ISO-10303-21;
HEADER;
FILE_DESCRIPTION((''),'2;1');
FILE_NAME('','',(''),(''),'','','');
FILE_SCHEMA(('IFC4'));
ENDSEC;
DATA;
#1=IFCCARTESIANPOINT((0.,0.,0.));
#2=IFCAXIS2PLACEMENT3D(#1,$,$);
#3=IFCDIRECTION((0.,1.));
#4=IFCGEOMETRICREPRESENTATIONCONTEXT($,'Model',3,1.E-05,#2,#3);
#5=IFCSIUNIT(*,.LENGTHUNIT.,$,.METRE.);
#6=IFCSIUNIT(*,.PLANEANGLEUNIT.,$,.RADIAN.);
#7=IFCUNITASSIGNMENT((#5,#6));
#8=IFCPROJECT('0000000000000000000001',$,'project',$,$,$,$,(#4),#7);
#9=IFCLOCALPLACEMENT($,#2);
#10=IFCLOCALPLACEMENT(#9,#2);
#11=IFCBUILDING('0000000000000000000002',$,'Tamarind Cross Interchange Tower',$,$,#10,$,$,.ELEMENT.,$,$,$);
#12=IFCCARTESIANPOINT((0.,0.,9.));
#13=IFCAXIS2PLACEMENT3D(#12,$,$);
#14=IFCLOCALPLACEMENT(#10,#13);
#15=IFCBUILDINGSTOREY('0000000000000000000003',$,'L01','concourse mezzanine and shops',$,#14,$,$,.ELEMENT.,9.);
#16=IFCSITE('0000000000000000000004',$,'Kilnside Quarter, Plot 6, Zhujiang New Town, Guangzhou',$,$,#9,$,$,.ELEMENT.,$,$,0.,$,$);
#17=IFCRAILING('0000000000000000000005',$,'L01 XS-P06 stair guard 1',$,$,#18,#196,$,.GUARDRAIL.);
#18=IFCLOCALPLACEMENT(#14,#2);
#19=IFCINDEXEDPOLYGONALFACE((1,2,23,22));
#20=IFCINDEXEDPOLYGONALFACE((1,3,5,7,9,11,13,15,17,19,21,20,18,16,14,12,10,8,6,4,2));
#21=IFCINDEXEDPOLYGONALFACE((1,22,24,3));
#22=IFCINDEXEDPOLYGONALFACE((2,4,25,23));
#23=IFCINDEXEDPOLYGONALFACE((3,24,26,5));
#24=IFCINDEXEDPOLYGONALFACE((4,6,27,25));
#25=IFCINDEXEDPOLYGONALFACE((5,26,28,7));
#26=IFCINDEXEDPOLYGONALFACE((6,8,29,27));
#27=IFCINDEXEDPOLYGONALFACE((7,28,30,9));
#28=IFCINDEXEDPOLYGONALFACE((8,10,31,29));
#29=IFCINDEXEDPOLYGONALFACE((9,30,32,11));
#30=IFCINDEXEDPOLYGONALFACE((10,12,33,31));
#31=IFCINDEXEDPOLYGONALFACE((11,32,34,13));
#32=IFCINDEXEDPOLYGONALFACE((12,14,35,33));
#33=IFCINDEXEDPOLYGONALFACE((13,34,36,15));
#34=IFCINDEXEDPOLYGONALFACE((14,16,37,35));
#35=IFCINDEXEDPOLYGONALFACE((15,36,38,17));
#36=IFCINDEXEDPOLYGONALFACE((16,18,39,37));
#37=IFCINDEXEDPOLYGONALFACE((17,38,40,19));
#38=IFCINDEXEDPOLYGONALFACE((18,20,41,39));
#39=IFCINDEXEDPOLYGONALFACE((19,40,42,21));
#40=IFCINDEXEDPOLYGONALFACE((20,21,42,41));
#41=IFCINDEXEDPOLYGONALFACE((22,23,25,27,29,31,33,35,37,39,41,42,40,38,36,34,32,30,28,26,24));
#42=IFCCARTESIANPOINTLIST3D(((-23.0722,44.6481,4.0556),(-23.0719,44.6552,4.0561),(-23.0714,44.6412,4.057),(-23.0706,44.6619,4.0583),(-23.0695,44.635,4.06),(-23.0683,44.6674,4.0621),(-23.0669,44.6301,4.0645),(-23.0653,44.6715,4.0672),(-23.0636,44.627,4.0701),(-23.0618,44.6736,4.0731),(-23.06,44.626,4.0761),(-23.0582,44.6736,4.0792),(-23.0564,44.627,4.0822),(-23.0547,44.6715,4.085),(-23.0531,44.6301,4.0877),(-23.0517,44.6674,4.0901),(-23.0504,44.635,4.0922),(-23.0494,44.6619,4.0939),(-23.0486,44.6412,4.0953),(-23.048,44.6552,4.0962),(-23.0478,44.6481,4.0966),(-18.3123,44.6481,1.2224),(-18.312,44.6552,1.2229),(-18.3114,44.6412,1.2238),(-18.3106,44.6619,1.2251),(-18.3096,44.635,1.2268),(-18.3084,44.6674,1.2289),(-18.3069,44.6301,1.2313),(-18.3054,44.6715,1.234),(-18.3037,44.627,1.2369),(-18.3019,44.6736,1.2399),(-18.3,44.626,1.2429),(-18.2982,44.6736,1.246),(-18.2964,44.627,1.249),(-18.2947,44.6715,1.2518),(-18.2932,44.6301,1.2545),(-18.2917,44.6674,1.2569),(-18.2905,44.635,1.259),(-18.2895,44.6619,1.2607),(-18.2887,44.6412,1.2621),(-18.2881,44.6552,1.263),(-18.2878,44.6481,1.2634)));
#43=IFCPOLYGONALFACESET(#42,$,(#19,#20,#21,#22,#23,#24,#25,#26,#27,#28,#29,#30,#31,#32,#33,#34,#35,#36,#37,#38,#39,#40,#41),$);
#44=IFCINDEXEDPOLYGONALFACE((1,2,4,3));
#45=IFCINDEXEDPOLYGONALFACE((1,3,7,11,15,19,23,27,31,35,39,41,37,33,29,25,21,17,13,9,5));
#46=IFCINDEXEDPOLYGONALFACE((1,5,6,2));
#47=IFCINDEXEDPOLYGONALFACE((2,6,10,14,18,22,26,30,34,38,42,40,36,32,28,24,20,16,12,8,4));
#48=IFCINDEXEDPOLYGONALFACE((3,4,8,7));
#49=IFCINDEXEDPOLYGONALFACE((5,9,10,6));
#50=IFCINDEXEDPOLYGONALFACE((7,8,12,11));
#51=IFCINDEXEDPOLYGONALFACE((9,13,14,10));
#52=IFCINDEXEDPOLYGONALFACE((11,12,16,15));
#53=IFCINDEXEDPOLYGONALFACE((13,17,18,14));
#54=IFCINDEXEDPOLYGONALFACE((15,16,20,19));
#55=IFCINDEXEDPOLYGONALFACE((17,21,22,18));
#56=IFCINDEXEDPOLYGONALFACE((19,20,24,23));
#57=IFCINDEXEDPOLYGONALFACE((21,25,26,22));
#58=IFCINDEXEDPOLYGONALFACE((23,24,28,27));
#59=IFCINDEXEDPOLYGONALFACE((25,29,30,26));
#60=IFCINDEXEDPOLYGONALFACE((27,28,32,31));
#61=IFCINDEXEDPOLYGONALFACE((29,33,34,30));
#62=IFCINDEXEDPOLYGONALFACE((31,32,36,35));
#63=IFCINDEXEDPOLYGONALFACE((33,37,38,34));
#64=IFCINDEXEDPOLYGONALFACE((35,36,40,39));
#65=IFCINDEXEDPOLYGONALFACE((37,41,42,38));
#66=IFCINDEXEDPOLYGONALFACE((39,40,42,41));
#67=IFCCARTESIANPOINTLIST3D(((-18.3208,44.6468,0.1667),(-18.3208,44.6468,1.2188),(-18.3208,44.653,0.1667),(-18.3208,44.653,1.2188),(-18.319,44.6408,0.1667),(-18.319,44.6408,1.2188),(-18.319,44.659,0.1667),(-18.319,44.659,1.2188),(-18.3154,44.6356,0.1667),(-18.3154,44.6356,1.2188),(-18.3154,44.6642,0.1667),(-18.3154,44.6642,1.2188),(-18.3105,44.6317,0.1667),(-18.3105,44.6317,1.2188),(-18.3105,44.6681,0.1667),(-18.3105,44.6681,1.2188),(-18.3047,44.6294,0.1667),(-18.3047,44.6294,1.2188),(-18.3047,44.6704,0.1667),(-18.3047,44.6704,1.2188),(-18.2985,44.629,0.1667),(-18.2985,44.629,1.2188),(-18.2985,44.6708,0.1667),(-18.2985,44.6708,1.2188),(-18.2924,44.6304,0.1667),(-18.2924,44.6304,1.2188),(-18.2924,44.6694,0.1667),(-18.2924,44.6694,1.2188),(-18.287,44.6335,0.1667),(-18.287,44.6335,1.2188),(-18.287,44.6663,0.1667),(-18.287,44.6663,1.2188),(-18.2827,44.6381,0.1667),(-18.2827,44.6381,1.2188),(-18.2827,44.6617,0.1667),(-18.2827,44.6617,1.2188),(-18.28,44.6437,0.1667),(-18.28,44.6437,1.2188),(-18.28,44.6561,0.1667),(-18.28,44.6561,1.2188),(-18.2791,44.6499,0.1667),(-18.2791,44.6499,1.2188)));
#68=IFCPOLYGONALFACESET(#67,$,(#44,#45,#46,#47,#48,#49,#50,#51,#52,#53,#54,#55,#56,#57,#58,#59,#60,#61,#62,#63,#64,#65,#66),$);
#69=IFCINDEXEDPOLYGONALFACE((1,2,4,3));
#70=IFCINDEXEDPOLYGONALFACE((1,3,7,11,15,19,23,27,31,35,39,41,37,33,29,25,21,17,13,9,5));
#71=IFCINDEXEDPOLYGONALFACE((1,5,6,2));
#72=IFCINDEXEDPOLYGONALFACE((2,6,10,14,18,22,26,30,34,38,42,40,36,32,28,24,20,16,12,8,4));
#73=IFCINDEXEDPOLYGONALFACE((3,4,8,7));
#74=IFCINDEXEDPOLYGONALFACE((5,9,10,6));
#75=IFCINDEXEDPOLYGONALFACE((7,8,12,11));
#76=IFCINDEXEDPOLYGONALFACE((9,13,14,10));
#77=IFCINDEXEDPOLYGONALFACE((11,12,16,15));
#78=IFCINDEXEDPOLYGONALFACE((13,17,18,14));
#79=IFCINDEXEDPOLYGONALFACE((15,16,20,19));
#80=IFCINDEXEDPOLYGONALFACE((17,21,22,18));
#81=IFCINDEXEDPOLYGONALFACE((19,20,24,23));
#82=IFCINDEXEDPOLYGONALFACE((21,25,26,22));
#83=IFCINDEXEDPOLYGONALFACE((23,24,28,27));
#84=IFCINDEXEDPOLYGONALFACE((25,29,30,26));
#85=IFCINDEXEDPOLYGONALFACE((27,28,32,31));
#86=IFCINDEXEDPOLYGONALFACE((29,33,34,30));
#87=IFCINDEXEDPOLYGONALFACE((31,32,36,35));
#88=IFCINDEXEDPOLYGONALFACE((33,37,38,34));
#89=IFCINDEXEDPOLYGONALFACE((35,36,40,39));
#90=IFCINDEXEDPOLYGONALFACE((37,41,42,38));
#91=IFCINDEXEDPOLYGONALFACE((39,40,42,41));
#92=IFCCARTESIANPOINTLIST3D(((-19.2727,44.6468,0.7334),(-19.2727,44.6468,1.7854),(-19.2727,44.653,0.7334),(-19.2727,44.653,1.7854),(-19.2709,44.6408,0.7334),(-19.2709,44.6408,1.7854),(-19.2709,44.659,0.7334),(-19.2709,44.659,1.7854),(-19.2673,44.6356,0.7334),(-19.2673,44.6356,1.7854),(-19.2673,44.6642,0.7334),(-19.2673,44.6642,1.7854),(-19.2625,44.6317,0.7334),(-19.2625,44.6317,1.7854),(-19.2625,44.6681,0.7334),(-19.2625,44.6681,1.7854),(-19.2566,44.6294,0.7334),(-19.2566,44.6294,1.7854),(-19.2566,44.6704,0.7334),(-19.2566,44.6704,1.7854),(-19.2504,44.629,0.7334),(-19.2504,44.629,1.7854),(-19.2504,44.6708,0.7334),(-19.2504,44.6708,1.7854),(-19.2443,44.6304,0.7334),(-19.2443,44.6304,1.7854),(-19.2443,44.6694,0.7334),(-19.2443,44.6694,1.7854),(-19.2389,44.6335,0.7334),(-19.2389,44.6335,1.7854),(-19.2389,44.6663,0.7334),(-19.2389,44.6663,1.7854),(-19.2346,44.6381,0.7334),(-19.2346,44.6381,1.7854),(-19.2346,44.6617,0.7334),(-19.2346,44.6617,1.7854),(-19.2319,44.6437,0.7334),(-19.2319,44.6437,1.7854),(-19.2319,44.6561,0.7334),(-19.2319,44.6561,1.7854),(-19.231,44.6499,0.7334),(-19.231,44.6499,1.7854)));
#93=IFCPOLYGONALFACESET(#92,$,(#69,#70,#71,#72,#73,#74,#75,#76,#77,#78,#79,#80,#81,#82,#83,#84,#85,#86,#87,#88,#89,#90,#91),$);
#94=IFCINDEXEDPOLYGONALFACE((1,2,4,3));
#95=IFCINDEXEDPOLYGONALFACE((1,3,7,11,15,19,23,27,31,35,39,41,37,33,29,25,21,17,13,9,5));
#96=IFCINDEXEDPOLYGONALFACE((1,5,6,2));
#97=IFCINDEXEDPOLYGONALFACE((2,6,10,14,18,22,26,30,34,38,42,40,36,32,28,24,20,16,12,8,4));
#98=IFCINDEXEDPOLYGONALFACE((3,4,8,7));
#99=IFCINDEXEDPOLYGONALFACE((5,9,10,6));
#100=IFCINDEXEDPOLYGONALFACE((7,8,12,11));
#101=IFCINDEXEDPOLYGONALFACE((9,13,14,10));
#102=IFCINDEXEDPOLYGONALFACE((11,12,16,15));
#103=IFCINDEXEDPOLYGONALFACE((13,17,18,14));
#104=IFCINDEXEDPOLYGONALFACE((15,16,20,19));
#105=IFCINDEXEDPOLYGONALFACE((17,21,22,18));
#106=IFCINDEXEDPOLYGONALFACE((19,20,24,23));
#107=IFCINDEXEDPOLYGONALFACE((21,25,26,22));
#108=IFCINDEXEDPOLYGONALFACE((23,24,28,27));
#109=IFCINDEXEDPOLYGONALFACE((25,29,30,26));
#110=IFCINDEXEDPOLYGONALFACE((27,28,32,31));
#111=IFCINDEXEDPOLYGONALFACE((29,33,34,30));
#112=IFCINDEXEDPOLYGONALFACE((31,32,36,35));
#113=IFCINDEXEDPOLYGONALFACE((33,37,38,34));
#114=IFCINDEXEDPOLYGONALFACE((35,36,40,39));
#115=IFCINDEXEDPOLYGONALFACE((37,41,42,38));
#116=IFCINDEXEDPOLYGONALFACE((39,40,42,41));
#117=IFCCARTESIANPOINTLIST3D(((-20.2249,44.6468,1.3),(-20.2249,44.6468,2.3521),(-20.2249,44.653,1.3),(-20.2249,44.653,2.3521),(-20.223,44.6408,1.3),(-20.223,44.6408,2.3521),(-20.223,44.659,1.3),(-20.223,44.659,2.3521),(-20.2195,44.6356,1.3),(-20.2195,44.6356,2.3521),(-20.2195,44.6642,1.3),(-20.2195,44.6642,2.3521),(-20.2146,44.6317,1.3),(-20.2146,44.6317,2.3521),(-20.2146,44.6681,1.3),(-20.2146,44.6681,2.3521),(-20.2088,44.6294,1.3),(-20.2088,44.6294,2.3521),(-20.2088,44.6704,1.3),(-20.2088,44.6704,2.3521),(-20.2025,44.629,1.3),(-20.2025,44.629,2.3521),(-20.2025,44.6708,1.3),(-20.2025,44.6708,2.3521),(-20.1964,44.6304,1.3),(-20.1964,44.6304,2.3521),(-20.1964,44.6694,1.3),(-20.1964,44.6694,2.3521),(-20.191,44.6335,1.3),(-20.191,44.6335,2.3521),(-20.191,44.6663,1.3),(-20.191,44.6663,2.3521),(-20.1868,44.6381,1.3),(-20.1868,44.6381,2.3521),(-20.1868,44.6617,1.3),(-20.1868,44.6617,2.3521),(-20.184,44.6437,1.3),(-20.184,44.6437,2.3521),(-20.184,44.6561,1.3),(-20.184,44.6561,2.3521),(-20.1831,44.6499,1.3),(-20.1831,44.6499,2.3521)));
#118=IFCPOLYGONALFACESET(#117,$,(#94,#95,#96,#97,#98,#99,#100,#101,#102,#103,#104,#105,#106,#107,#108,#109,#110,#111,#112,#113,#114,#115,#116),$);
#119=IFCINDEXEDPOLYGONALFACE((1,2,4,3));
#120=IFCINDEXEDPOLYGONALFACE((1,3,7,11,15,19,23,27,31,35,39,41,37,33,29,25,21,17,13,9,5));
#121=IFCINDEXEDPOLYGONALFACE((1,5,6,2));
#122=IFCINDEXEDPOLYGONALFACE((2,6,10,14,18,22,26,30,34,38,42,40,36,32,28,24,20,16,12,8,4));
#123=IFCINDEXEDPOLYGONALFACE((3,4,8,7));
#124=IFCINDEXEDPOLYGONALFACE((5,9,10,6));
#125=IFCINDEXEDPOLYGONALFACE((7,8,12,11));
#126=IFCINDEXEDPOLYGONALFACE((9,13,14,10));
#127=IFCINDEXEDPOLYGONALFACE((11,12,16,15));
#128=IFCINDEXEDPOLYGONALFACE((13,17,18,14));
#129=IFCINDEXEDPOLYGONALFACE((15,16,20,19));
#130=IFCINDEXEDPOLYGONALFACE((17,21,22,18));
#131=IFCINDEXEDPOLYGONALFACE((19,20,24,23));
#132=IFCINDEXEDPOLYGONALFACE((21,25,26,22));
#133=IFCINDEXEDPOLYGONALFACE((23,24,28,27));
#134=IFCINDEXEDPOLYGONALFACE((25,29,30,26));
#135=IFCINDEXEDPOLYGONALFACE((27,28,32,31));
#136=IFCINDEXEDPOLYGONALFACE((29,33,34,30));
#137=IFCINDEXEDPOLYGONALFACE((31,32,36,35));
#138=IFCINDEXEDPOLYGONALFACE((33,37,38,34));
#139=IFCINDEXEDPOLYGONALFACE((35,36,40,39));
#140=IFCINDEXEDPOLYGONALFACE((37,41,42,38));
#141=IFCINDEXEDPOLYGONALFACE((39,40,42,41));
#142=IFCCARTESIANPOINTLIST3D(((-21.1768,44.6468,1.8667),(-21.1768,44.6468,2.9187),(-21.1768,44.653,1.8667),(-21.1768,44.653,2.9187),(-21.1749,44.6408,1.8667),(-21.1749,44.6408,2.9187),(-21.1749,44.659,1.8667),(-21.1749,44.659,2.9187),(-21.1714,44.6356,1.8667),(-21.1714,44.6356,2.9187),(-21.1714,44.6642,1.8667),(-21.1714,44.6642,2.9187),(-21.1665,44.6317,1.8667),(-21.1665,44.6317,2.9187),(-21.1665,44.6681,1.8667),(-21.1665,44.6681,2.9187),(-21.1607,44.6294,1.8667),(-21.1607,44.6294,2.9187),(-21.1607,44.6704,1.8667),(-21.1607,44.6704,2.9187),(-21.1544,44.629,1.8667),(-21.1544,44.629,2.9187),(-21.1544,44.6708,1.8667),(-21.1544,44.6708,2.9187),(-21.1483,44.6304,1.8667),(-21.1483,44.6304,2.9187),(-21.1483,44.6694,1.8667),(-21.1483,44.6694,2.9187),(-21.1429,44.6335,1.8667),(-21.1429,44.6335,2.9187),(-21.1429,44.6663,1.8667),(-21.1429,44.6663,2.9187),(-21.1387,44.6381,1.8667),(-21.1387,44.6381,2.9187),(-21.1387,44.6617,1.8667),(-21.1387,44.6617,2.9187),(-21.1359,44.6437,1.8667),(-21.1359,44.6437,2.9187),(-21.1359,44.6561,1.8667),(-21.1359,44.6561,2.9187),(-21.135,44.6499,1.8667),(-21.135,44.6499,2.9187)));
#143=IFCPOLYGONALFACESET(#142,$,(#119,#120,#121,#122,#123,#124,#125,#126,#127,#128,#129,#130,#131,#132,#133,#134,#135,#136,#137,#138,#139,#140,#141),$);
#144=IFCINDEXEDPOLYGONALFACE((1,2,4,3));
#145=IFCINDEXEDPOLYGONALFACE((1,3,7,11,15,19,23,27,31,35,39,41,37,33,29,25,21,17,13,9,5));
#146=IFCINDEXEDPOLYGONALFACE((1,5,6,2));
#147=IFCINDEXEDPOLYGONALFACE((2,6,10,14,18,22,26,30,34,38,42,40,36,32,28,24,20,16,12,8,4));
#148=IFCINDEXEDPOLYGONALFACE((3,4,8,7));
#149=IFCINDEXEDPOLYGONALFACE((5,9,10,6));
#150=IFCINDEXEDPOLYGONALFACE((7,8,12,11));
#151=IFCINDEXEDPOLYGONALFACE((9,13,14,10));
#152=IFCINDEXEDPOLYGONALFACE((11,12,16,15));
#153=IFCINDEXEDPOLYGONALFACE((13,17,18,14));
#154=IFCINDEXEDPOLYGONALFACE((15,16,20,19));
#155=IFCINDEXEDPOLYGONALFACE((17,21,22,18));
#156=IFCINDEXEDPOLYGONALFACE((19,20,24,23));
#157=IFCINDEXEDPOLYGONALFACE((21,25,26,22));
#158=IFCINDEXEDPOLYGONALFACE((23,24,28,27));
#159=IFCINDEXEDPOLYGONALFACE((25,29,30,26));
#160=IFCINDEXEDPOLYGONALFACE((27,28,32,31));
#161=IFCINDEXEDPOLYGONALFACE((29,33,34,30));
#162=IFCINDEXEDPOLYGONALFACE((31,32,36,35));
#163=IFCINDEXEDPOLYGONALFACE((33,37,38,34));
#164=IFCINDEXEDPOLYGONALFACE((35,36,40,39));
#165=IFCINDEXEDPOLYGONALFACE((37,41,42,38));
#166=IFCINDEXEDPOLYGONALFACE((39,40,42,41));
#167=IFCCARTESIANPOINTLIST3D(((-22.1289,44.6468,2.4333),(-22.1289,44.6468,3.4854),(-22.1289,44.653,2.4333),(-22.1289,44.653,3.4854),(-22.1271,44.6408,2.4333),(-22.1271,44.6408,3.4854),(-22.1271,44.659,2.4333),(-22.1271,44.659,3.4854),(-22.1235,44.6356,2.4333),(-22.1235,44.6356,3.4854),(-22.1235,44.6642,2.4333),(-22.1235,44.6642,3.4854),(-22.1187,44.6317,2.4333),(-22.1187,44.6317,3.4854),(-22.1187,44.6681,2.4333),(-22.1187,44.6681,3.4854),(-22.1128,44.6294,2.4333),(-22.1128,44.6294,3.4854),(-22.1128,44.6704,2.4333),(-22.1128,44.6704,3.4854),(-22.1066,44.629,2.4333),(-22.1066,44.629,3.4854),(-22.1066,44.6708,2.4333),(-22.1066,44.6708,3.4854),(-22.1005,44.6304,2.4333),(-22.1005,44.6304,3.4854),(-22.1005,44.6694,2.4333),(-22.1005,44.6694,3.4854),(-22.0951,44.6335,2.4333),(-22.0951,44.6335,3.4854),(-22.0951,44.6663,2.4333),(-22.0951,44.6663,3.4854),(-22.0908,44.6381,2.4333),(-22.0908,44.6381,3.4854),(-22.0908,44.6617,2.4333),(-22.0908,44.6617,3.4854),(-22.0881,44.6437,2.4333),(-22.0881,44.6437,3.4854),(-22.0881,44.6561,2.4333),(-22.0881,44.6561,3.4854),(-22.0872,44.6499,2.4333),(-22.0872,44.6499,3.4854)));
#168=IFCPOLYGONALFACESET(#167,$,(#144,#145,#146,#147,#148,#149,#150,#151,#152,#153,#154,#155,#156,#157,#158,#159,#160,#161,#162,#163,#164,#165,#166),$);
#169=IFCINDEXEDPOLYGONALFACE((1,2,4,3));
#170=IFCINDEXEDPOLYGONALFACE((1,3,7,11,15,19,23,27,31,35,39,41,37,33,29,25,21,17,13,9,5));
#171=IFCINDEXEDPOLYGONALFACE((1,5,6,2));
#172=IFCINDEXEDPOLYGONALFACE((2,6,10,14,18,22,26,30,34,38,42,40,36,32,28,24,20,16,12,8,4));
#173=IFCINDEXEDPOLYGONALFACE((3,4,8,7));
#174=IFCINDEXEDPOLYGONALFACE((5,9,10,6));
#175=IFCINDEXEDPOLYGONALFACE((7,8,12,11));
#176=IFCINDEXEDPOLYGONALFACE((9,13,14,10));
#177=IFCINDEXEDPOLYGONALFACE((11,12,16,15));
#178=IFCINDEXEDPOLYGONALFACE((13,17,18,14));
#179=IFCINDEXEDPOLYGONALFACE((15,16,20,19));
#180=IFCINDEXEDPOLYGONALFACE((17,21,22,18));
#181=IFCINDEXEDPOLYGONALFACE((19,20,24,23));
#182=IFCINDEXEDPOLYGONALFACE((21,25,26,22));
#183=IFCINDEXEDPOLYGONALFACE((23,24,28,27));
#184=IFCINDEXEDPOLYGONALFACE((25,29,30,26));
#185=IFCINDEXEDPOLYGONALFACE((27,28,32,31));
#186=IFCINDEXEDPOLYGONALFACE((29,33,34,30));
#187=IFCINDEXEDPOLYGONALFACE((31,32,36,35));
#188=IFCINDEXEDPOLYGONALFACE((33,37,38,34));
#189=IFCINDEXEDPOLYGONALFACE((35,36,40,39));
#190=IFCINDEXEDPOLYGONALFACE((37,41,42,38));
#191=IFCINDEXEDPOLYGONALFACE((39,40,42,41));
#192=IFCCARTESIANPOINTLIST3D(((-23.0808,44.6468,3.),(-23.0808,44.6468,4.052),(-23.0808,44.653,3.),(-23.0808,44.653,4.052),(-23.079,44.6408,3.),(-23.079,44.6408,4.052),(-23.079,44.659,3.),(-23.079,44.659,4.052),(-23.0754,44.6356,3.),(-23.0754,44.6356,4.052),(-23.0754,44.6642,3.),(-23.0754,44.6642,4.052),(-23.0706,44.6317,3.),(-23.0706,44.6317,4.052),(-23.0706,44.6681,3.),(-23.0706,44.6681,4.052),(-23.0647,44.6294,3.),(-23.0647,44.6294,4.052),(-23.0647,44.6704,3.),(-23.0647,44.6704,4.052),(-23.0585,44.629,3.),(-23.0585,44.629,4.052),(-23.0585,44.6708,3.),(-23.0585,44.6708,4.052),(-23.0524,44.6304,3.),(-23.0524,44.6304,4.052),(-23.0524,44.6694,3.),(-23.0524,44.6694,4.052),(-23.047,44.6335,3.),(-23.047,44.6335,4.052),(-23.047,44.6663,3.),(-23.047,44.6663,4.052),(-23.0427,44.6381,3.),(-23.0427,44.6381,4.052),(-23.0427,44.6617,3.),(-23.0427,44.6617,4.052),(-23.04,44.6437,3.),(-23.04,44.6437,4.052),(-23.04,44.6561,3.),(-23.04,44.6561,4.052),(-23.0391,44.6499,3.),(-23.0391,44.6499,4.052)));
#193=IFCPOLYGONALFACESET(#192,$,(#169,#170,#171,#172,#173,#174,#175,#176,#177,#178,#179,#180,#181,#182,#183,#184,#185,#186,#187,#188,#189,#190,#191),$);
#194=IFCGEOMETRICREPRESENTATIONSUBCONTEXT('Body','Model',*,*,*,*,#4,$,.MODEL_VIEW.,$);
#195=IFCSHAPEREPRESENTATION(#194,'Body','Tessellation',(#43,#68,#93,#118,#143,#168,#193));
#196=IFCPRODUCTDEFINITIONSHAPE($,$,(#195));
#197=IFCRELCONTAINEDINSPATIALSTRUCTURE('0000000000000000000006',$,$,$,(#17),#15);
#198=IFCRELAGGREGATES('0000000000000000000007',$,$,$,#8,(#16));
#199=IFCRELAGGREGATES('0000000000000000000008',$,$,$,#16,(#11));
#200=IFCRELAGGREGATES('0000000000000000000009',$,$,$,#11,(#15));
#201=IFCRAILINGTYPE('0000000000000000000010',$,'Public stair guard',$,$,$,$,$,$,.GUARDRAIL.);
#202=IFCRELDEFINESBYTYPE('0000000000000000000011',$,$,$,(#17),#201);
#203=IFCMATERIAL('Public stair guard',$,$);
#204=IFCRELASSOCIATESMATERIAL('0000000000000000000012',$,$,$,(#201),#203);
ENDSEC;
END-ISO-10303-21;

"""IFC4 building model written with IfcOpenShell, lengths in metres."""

from ifc_helpers import new_model, si_unit, direction, frame, origin, origin_2d, place, context, subcontext, project, spatial, circle, extrude, material, type_object, element, save


model = new_model("IFC4")

# Units and contexts
model_context = context("Model", 3, precision=1e-05, world=origin(), true_north=direction((0.0, 1.0)))
body_context = subcontext(model_context, "Body", "Model", "MODEL_VIEW")
ifc_project = project(units=[si_unit("LENGTHUNIT", "METRE"), si_unit("PLANEANGLEUNIT", "RADIAN")], contexts=[model_context])

# Site, building, storey
site_placement = place(None, origin())
site = spatial("IfcSite", under=ifc_project, at=site_placement, Name="Kilnside Quarter, Plot 6, Zhujiang New Town, Guangzhou", CompositionType="ELEMENT", RefElevation=0.0)
building_placement = place(site_placement, origin())
building = spatial("IfcBuilding", under=site, at=building_placement, Name="Tamarind Cross Interchange Tower", CompositionType="ELEMENT")
storey_placement = place(building_placement, frame((0.0, 0.0, 9.0)))
storey = spatial("IfcBuildingStorey", under=building, at=storey_placement, Name="L01", Description="concourse mezzanine and shops", CompositionType="ELEMENT", Elevation=9.0)

# Railing
ifc_material_1 = material(Name="Public stair guard")
railing_type_1 = type_object("IfcRailingType", Name="Public stair guard", PredefinedType="GUARDRAIL", material=ifc_material_1)
railing_1_placement = place(storey_placement, frame((-18.3, 44.6499, 0.1667)))
element("IfcRailing", 1, at=railing_1_placement, inside=storey, type_object=railing_type_1, Name="L01 XS-P06 stair guard 1", PredefinedType="GUARDRAIL", context=body_context, shape_type="SweptSolid", body=[
    extrude(circle(Radius=0.0239, at=origin_2d()), frame((0.0, 0.0, 1.0762), z_axis=(-0.8593, 0.0, 0.511472), x_axis=(0.0, -1.0, 0.0)), (0.0, 0.0, 1.0), 5.5393),
    extrude(circle(Radius=0.021, at=origin_2d()), origin(), (0.0, 0.0, 1.0), 1.052),
    extrude(circle(Radius=0.021, at=origin_2d()), frame((-0.9519, 0.0, 0.5667)), (0.0, 0.0, 1.0), 1.052),
    extrude(circle(Radius=0.021, at=origin_2d()), frame((-1.9041, 0.0, 1.1333)), (0.0, 0.0, 1.0), 1.052),
    extrude(circle(Radius=0.021, at=origin_2d()), frame((-2.856, 0.0, 1.7)), (0.0, 0.0, 1.0), 1.052),
    extrude(circle(Radius=0.021, at=origin_2d()), frame((-3.8081, 0.0, 2.2666)), (0.0, 0.0, 1.0), 1.052),
    extrude(circle(Radius=0.021, at=origin_2d()), frame((-4.76, 0.0, 2.8333)), (0.0, 0.0, 1.0), 1.052),
])

save(model, "model.ifc")
